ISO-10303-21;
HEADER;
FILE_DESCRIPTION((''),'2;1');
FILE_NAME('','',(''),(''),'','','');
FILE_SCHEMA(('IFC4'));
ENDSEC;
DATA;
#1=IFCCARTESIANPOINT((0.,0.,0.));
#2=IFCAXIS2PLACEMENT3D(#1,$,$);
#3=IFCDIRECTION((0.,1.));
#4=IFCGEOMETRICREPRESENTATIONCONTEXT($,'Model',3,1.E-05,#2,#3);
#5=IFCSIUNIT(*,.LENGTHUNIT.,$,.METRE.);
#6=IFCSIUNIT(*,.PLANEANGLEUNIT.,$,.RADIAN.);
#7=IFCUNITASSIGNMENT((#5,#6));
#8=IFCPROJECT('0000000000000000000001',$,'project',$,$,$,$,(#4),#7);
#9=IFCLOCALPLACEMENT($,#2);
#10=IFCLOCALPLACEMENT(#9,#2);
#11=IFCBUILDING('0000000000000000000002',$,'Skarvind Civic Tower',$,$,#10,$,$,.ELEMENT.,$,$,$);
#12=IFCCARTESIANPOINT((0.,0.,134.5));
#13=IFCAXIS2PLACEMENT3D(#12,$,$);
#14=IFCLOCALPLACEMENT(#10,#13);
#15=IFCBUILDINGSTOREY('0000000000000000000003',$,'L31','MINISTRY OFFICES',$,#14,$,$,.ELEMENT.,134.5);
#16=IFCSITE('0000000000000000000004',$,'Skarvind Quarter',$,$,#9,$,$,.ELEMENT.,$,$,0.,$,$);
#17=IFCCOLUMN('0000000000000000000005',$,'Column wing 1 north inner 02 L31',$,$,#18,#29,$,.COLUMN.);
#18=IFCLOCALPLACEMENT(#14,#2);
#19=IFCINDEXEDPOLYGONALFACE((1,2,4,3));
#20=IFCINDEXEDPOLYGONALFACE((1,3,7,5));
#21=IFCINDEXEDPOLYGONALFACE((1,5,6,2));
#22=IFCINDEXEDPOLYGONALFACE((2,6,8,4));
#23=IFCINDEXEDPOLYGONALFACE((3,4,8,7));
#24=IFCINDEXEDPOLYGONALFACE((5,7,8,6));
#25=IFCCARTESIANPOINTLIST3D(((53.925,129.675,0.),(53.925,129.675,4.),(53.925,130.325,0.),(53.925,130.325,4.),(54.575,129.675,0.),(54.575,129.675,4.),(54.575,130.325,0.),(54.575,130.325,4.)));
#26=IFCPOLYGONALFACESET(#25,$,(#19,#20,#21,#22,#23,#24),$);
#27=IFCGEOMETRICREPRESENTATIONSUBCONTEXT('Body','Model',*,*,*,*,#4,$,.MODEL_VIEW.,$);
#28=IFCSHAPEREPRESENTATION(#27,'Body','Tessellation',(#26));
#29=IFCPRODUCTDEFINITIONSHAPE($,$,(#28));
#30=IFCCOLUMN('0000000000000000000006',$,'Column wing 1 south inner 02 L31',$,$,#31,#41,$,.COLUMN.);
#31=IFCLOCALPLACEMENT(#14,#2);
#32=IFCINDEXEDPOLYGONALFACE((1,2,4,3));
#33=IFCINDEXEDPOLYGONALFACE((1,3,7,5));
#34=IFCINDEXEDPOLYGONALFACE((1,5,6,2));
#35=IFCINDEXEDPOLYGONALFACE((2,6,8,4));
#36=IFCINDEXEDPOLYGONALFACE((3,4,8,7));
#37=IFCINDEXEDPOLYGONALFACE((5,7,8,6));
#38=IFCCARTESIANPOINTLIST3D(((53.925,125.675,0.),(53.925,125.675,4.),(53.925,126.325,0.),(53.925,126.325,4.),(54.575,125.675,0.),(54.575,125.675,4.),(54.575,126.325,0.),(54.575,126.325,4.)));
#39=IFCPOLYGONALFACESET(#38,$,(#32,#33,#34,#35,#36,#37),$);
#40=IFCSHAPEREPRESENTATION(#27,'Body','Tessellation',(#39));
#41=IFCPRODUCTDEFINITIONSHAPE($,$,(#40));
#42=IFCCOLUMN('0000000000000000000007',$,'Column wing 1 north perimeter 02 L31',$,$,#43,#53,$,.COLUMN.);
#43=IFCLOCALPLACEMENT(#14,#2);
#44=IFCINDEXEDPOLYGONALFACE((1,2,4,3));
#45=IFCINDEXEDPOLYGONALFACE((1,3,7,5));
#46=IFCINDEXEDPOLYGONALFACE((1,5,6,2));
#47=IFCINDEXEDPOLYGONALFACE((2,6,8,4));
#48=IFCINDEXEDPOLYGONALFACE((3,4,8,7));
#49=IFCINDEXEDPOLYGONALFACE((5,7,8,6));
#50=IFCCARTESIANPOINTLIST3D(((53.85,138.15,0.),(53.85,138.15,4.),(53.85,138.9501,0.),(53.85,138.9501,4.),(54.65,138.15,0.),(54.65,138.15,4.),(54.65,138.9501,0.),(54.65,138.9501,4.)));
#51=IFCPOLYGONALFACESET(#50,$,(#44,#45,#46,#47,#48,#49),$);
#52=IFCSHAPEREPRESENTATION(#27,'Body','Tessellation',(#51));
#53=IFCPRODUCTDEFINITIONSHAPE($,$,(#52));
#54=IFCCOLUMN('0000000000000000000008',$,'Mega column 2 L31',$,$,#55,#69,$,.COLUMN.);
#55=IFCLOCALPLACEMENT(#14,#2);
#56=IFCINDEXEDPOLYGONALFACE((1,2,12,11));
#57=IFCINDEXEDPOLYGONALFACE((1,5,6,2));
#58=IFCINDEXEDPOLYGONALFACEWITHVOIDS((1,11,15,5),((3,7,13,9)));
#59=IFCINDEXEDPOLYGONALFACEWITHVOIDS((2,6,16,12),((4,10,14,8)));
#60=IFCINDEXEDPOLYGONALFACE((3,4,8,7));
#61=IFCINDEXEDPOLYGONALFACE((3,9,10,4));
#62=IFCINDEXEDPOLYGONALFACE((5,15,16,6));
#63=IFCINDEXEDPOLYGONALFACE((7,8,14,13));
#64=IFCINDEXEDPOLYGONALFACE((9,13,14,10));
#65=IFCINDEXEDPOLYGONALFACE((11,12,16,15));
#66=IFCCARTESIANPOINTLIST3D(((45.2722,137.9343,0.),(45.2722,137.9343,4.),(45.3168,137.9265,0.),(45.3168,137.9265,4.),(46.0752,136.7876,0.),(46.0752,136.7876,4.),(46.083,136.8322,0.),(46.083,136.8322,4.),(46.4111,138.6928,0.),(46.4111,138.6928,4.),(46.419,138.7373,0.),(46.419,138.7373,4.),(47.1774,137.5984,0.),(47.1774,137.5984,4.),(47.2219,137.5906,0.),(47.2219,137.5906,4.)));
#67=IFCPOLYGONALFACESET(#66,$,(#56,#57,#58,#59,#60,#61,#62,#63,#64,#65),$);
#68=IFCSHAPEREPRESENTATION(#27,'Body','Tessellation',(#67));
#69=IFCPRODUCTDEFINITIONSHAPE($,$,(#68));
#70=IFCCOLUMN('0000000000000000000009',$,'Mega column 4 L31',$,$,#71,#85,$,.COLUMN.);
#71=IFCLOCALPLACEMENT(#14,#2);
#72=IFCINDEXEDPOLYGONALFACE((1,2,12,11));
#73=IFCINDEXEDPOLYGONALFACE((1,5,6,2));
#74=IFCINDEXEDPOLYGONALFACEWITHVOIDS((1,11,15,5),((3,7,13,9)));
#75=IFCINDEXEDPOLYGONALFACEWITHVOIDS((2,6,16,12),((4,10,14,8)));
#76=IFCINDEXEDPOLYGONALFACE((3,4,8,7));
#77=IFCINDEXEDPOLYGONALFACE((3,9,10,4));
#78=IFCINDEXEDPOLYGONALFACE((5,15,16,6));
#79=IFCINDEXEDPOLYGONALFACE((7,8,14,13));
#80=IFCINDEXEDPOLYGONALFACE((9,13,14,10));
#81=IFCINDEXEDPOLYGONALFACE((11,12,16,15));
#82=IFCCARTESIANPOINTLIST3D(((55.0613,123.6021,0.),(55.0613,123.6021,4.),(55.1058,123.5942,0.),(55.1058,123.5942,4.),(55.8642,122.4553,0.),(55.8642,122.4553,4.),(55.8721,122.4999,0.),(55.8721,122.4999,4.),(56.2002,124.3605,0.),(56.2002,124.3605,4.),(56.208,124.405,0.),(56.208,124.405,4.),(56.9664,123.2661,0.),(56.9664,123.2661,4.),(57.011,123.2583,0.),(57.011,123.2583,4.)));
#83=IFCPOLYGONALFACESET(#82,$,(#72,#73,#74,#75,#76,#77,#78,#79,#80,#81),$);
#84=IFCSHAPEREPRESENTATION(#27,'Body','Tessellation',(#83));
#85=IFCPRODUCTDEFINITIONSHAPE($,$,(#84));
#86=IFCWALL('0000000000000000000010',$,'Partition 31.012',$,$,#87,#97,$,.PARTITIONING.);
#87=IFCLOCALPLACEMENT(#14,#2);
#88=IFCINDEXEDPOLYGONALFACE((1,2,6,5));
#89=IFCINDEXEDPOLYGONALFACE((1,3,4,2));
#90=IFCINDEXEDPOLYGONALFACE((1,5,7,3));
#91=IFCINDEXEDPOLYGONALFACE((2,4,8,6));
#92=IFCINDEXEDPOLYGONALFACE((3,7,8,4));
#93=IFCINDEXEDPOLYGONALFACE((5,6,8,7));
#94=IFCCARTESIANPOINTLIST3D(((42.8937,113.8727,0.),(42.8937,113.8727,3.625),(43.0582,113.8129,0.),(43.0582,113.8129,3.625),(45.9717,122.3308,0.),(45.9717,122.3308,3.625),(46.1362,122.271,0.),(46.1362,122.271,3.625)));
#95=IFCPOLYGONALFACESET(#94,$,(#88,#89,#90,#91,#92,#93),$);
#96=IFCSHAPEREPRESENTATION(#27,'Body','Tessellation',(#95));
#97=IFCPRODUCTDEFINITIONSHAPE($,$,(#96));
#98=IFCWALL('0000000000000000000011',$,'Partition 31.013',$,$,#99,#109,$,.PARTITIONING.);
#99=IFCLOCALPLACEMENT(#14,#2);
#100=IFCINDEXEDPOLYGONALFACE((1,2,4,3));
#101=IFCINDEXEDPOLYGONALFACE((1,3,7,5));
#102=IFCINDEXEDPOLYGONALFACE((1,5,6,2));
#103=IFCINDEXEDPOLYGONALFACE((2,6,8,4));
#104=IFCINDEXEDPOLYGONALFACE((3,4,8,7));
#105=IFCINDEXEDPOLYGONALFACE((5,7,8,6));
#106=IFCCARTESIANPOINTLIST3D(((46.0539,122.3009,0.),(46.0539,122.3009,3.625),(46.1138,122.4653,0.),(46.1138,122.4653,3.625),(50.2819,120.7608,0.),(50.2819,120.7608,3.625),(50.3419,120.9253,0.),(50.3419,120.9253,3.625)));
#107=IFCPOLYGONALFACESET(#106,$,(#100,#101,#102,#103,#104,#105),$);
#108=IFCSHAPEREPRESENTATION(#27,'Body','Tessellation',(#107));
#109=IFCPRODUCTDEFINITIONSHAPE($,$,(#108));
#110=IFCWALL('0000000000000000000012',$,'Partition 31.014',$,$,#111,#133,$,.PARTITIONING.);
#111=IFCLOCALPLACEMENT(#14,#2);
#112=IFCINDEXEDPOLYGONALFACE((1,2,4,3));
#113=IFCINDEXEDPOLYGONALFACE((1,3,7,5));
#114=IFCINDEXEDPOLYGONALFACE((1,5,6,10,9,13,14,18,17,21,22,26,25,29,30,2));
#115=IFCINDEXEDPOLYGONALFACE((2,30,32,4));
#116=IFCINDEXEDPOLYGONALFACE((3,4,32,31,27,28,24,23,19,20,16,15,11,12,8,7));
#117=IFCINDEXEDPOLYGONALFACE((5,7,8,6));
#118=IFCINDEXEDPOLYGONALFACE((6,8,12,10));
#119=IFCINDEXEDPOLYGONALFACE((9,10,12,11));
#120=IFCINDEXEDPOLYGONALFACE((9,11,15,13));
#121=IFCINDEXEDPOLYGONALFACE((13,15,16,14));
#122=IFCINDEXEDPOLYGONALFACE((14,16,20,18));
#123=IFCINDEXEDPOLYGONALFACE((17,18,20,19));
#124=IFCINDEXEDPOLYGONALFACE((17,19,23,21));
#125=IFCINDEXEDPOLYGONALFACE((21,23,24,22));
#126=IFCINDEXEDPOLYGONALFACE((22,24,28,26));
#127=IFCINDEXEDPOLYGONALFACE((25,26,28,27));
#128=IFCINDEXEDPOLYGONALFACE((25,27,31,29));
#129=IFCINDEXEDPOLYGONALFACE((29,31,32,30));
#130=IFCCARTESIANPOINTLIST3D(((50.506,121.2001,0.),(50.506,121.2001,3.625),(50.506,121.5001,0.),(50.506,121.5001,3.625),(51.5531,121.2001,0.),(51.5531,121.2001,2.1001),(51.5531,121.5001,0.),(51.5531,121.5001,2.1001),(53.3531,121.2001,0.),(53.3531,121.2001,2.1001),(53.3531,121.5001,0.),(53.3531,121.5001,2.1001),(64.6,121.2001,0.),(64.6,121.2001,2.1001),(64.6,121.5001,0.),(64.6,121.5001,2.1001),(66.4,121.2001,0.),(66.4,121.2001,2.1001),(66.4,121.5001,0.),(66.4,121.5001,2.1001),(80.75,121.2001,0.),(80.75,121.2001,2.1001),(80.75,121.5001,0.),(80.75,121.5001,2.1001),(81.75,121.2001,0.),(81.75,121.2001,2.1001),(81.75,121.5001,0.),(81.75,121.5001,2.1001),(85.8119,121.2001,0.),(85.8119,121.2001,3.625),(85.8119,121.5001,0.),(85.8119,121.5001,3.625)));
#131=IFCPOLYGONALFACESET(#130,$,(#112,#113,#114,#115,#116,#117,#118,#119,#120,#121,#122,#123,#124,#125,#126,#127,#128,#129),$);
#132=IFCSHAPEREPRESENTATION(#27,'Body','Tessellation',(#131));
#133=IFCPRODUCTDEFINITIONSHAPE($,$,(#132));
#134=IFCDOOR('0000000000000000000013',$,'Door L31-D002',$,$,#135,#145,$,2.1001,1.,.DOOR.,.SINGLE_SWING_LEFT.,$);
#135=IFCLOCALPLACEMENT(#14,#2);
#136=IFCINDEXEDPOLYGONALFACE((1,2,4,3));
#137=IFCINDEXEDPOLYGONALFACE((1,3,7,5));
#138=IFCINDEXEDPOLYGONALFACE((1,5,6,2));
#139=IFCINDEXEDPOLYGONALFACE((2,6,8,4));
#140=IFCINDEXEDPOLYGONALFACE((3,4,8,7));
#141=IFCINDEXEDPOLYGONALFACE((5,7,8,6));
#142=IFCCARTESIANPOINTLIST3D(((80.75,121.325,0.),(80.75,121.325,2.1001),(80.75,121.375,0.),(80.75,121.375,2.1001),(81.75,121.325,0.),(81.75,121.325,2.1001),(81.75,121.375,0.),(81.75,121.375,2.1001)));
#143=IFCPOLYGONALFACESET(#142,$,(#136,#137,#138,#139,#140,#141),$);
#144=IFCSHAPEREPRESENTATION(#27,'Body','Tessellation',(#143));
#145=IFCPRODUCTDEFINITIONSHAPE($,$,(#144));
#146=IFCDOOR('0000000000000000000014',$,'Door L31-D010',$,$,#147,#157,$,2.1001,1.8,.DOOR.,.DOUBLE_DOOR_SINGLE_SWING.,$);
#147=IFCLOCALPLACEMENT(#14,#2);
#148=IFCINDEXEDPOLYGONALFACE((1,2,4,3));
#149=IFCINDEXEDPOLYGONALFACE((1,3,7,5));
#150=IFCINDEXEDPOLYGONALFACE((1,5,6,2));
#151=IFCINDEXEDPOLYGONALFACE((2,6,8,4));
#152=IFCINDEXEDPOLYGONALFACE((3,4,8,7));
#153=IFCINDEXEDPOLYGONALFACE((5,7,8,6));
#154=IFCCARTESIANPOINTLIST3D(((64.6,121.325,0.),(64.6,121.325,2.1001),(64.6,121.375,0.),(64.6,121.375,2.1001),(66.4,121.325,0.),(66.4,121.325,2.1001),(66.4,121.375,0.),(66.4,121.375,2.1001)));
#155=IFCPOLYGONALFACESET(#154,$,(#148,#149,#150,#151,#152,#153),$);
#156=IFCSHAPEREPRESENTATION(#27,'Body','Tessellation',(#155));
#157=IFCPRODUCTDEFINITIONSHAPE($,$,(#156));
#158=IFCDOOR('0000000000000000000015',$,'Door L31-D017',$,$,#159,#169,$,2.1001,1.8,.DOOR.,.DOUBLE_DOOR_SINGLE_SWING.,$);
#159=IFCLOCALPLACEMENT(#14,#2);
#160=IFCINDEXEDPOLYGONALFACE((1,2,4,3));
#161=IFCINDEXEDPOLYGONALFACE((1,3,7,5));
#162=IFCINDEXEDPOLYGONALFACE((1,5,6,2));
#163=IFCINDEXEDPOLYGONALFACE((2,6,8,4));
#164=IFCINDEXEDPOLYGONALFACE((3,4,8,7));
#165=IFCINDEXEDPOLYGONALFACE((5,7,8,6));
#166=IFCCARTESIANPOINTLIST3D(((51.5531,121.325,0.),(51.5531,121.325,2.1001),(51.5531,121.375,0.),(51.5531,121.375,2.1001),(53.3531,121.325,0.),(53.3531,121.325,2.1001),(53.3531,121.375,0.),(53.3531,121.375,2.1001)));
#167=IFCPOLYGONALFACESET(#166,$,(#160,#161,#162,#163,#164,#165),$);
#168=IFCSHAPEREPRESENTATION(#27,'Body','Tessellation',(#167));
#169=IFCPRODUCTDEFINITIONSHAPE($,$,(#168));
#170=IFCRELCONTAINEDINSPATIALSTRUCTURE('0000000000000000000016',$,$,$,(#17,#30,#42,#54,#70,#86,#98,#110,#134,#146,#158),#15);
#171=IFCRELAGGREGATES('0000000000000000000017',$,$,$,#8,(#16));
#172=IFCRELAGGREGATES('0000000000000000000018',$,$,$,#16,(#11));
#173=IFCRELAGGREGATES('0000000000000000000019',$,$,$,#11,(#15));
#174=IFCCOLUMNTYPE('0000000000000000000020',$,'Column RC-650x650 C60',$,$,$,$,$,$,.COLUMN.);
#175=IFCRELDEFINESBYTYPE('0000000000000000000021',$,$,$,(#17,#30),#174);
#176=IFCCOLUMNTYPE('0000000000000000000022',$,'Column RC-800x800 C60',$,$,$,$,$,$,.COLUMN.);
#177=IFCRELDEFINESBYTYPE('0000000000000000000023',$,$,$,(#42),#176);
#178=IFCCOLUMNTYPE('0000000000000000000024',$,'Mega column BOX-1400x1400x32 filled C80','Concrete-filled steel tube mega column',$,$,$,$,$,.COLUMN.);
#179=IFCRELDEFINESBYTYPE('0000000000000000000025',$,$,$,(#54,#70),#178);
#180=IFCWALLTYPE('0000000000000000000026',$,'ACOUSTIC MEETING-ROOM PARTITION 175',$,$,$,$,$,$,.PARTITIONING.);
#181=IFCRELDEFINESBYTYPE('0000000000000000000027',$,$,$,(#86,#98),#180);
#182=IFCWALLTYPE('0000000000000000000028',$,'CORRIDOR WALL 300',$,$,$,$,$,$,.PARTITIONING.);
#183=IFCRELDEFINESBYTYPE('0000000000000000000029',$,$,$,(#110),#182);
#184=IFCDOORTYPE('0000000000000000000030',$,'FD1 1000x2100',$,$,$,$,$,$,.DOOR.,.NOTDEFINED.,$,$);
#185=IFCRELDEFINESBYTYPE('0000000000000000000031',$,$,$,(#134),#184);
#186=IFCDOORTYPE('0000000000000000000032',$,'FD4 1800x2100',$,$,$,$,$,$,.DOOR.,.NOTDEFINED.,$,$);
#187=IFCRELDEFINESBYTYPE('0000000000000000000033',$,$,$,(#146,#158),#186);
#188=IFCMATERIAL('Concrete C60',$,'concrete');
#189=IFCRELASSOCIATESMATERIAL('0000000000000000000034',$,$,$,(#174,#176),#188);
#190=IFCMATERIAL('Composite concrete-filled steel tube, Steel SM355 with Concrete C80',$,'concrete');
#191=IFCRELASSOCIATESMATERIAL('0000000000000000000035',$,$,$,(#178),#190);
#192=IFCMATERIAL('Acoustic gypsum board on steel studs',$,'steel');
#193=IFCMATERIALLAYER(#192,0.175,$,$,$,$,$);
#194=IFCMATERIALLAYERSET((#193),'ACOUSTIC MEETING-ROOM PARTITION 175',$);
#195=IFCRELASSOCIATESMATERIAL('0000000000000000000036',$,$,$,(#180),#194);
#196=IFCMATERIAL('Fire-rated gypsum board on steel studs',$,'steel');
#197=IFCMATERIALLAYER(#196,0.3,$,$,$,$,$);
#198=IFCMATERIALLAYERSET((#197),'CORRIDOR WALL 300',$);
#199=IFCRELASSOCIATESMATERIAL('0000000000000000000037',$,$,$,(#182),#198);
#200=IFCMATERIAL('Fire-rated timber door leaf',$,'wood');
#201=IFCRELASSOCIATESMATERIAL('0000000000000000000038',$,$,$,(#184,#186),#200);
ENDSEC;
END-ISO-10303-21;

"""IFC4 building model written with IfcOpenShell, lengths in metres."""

from ifc_helpers import new_model, si_unit, direction, frame, frame_2d, origin, origin_2d, place, context, subcontext, project, spatial, rectangle, hollow_rectangle, extrude, material, layer, layer_set, material_profile, profile_set, type_object, element, fill, save


model = new_model("IFC4")

# Units and contexts
model_context = context("Model", 3, precision=1e-05, world=origin(), true_north=direction((0.0, 1.0)))
body_context = subcontext(model_context, "Body", "Model", "MODEL_VIEW")
ifc_project = project(units=[si_unit("LENGTHUNIT", "METRE"), si_unit("PLANEANGLEUNIT", "RADIAN")], contexts=[model_context])

# Site, building, storey
site_placement = place(None, origin())
site = spatial("IfcSite", under=ifc_project, at=site_placement, Name="Skarvind Quarter", CompositionType="ELEMENT", RefElevation=0.0)
building_placement = place(site_placement, origin())
building = spatial("IfcBuilding", under=site, at=building_placement, Name="Skarvind Civic Tower", CompositionType="ELEMENT")
storey_placement = place(building_placement, frame((0.0, 0.0, 134.5)))
storey = spatial("IfcBuildingStorey", under=building, at=storey_placement, Name="L31", Description="MINISTRY OFFICES", CompositionType="ELEMENT", Elevation=134.5)

# Columns
ifc_material_1 = material(Name="Concrete C60", Category="concrete")
ifc_material_profile_1 = material_profile(ifc_material_1, rectangle(XDim=0.6499, YDim=0.6499, at=origin_2d()), Name="RC-650x650")
ifc_profile_set_1 = profile_set([ifc_material_profile_1], Name="Concrete C60")
column_type_1 = type_object("IfcColumnType", Name="Column RC-650x650 C60", PredefinedType="COLUMN", material=ifc_profile_set_1)
for number, where, z_axis, x_axis, name in (
    (1, (54.25, 130.0, 0.0), (0.0, 0.0, 1.0), (1.0, 0.0, 0.0), "Column wing 1 north inner 02 L31"),
    (2, (54.25, 126.0, 0.0), (0.0, 0.0, 1.0), (1.0, 0.0, 0.0), "Column wing 1 south inner 02 L31"),
):
    element("IfcColumn", number, at=place(storey_placement, frame(where, z_axis=z_axis, x_axis=x_axis)), inside=storey, type_object=column_type_1, Name=name, PredefinedType="COLUMN", context=body_context, shape_type="SweptSolid", body=[
        extrude(rectangle(XDim=0.6499, YDim=0.6499, at=origin_2d()), origin(), (0.0, 0.0, 1.0), 4.0),
    ])
ifc_material_profile_2 = material_profile(ifc_material_1, rectangle(XDim=0.8, YDim=0.8, at=origin_2d()), Name="RC-800x800")
ifc_profile_set_2 = profile_set([ifc_material_profile_2], Name="Concrete C60")
column_type_2 = type_object("IfcColumnType", Name="Column RC-800x800 C60", PredefinedType="COLUMN", material=ifc_profile_set_2)
column_placement = place(storey_placement, frame((54.25, 138.55, 0.0), z_axis=(0.0, 0.0, 1.0), x_axis=(1.0, 0.0, 0.0)))
element("IfcColumn", 3, at=column_placement, inside=storey, type_object=column_type_2, Name="Column wing 1 north perimeter 02 L31", PredefinedType="COLUMN", context=body_context, shape_type="SweptSolid", body=[
    extrude(rectangle(XDim=0.8, YDim=0.8, at=origin_2d()), origin(), (0.0, 0.0, 1.0), 4.0),
])
ifc_material_2 = material(Name="Composite concrete-filled steel tube, Steel SM355 with Concrete C80", Category="concrete")
ifc_material_profile_3 = material_profile(ifc_material_2, hollow_rectangle(XDim=1.3999, YDim=1.3999, WallThickness=0.032, at=origin_2d()), Name="BOX-1400x1400x32")
ifc_profile_set_3 = profile_set([ifc_material_profile_3], Name="Composite concrete-filled steel tube, Steel SM355 with Concrete C80")
column_type_3 = type_object("IfcColumnType", Name="Mega column BOX-1400x1400x32 filled C80", Description="Concrete-filled steel tube mega column", PredefinedType="COLUMN", material=ifc_profile_set_3)
for number, where, z_axis, x_axis, name in (
    (4, (46.2471, 137.7625, 0.0), (0.0, 0.0, 1.0), (0.573576, -0.819152, 0.0), "Mega column 2 L31"),
    (5, (56.0361, 123.4302, 0.0), (0.0, 0.0, 1.0), (0.573576, -0.819152, 0.0), "Mega column 4 L31"),
):
    element("IfcColumn", number, at=place(storey_placement, frame(where, z_axis=z_axis, x_axis=x_axis)), inside=storey, type_object=column_type_3, Name=name, PredefinedType="COLUMN", context=body_context, shape_type="SweptSolid", body=[
        extrude(hollow_rectangle(XDim=1.3999, YDim=1.3999, WallThickness=0.032, at=origin_2d()), origin(), (0.0, 0.0, 1.0), 4.0),
    ])

# Walls
ifc_material_3 = material(Name="Acoustic gypsum board on steel studs", Category="steel")
ifc_layer_1 = layer(ifc_material_3, 0.175)
ifc_layer_set_1 = layer_set([ifc_layer_1], Name="ACOUSTIC MEETING-ROOM PARTITION 175")
wall_type_1 = type_object("IfcWallType", Name="ACOUSTIC MEETING-ROOM PARTITION 175", PredefinedType="PARTITIONING", material=ifc_layer_set_1)
wall_1_placement = place(storey_placement, frame((46.054, 122.301, 0.0), z_axis=(0.0, 0.0, 1.0), x_axis=(-0.341963, -0.939713, 0.0)))
element("IfcWall", 6, at=wall_1_placement, inside=storey, type_object=wall_type_1, Name="Partition 31.012", PredefinedType="PARTITIONING", context=body_context, shape_type="SweptSolid", body=[
    extrude(rectangle(XDim=9.0007, YDim=0.175, at=frame_2d((4.5005, 0.0))), origin(), (0.0, 0.0, 1.0), 3.625),
])
wall_2_placement = place(storey_placement, frame((50.312, 120.843, 0.0), z_axis=(0.0, 0.0, 1.0), x_axis=(-0.93961, 0.342248, 0.0)))
element("IfcWall", 7, at=wall_2_placement, inside=storey, type_object=wall_type_1, Name="Partition 31.013", PredefinedType="PARTITIONING", context=body_context, shape_type="SweptSolid", body=[
    extrude(rectangle(XDim=4.4998, YDim=0.175, at=frame_2d((2.25, 0.0))), origin(), (0.0, 0.0, 1.0), 3.625),
])

# Wall, openings, doors
ifc_material_4 = material(Name="Fire-rated gypsum board on steel studs", Category="steel")
ifc_layer_2 = layer(ifc_material_4, 0.3)
ifc_layer_set_2 = layer_set([ifc_layer_2], Name="CORRIDOR WALL 300")
wall_type_2 = type_object("IfcWallType", Name="CORRIDOR WALL 300", PredefinedType="PARTITIONING", material=ifc_layer_set_2)
wall_3_placement = place(storey_placement, frame((50.5061, 121.3501, 0.0), z_axis=(0.0, 0.0, 1.0), x_axis=(1.0, 0.0, 0.0)))
wall_3 = element("IfcWall", 8, at=wall_3_placement, inside=storey, type_object=wall_type_2, Name="Partition 31.014", PredefinedType="PARTITIONING", context=body_context, shape_type="SweptSolid", body=[
    extrude(rectangle(XDim=35.3059, YDim=0.3, at=frame_2d((17.6528, 0.0))), origin(), (0.0, 0.0, 1.0), 3.625),
])
opening_1_placement = place(wall_3_placement, frame((30.2439, 0.0, 0.0)))
opening_1 = element("IfcOpeningElement", 9, at=opening_1_placement, cuts=wall_3, PredefinedType="OPENING", context=body_context, shape_type="SweptSolid", body=[
    extrude(rectangle(XDim=1.0, YDim=2.1001, at=frame_2d((0.5, 1.05))), frame((0.0, 0.1599, 0.0), z_axis=(0.0, -1.0, 0.0), x_axis=(1.0, 0.0, 0.0)), (0.0, 0.0, 1.0), 0.3201),
])
opening_2_placement = place(wall_3_placement, frame((14.094, 0.0, 0.0)))
opening_2 = element("IfcOpeningElement", 10, at=opening_2_placement, cuts=wall_3, PredefinedType="OPENING", context=body_context, shape_type="SweptSolid", body=[
    extrude(rectangle(XDim=1.8, YDim=2.1001, at=frame_2d((0.8999, 1.05))), frame((0.0, 0.1599, 0.0), z_axis=(0.0, -1.0, 0.0), x_axis=(1.0, 0.0, 0.0)), (0.0, 0.0, 1.0), 0.3201),
])
opening_3_placement = place(wall_3_placement, frame((1.0471, 0.0, 0.0)))
opening_3 = element("IfcOpeningElement", 11, at=opening_3_placement, cuts=wall_3, PredefinedType="OPENING", context=body_context, shape_type="SweptSolid", body=[
    extrude(rectangle(XDim=1.8, YDim=2.1001, at=frame_2d((0.8999, 1.05))), frame((0.0, 0.1599, 0.0), z_axis=(0.0, -1.0, 0.0), x_axis=(1.0, 0.0, 0.0)), (0.0, 0.0, 1.0), 0.3201),
])
ifc_material_5 = material(Name="Fire-rated timber door leaf", Category="wood")
door_type_1 = type_object("IfcDoorType", Name="FD1 1000x2100", OperationType="NOTDEFINED", PredefinedType="DOOR", material=ifc_material_5)
door_1_placement = place(opening_1_placement, origin())
door_1 = element("IfcDoor", 12, at=door_1_placement, inside=storey, type_object=door_type_1, Name="Door L31-D002", OperationType="SINGLE_SWING_LEFT", OverallHeight=2.1001, OverallWidth=1.0, PredefinedType="DOOR", context=body_context, shape_type="SweptSolid", body=[
    extrude(rectangle(XDim=1.0, YDim=2.1001, at=frame_2d((0.5, 1.05))), frame((0.0, 0.0249, 0.0), z_axis=(0.0, -1.0, 0.0), x_axis=(1.0, 0.0, 0.0)), (0.0, 0.0, 1.0), 0.05),
])
fill(opening_1, door_1)
door_type_2 = type_object("IfcDoorType", Name="FD4 1800x2100", OperationType="NOTDEFINED", PredefinedType="DOOR", material=ifc_material_5)
door_2_placement = place(opening_2_placement, origin())
door_2 = element("IfcDoor", 13, at=door_2_placement, inside=storey, type_object=door_type_2, Name="Door L31-D010", OperationType="DOUBLE_DOOR_SINGLE_SWING", OverallHeight=2.1001, OverallWidth=1.8, PredefinedType="DOOR", context=body_context, shape_type="SweptSolid", body=[
    extrude(rectangle(XDim=1.8, YDim=2.1001, at=frame_2d((0.8999, 1.05))), frame((0.0, 0.0249, 0.0), z_axis=(0.0, -1.0, 0.0), x_axis=(1.0, 0.0, 0.0)), (0.0, 0.0, 1.0), 0.05),
])
fill(opening_2, door_2)
door_3_placement = place(opening_3_placement, origin())
door_3 = element("IfcDoor", 14, at=door_3_placement, inside=storey, type_object=door_type_2, Name="Door L31-D017", OperationType="DOUBLE_DOOR_SINGLE_SWING", OverallHeight=2.1001, OverallWidth=1.8, PredefinedType="DOOR", context=body_context, shape_type="SweptSolid", body=[
    extrude(rectangle(XDim=1.8, YDim=2.1001, at=frame_2d((0.8999, 1.05))), frame((0.0, 0.0249, 0.0), z_axis=(0.0, -1.0, 0.0), x_axis=(1.0, 0.0, 0.0)), (0.0, 0.0, 1.0), 0.05),
])
fill(opening_3, door_3)

save(model, "model.ifc")
